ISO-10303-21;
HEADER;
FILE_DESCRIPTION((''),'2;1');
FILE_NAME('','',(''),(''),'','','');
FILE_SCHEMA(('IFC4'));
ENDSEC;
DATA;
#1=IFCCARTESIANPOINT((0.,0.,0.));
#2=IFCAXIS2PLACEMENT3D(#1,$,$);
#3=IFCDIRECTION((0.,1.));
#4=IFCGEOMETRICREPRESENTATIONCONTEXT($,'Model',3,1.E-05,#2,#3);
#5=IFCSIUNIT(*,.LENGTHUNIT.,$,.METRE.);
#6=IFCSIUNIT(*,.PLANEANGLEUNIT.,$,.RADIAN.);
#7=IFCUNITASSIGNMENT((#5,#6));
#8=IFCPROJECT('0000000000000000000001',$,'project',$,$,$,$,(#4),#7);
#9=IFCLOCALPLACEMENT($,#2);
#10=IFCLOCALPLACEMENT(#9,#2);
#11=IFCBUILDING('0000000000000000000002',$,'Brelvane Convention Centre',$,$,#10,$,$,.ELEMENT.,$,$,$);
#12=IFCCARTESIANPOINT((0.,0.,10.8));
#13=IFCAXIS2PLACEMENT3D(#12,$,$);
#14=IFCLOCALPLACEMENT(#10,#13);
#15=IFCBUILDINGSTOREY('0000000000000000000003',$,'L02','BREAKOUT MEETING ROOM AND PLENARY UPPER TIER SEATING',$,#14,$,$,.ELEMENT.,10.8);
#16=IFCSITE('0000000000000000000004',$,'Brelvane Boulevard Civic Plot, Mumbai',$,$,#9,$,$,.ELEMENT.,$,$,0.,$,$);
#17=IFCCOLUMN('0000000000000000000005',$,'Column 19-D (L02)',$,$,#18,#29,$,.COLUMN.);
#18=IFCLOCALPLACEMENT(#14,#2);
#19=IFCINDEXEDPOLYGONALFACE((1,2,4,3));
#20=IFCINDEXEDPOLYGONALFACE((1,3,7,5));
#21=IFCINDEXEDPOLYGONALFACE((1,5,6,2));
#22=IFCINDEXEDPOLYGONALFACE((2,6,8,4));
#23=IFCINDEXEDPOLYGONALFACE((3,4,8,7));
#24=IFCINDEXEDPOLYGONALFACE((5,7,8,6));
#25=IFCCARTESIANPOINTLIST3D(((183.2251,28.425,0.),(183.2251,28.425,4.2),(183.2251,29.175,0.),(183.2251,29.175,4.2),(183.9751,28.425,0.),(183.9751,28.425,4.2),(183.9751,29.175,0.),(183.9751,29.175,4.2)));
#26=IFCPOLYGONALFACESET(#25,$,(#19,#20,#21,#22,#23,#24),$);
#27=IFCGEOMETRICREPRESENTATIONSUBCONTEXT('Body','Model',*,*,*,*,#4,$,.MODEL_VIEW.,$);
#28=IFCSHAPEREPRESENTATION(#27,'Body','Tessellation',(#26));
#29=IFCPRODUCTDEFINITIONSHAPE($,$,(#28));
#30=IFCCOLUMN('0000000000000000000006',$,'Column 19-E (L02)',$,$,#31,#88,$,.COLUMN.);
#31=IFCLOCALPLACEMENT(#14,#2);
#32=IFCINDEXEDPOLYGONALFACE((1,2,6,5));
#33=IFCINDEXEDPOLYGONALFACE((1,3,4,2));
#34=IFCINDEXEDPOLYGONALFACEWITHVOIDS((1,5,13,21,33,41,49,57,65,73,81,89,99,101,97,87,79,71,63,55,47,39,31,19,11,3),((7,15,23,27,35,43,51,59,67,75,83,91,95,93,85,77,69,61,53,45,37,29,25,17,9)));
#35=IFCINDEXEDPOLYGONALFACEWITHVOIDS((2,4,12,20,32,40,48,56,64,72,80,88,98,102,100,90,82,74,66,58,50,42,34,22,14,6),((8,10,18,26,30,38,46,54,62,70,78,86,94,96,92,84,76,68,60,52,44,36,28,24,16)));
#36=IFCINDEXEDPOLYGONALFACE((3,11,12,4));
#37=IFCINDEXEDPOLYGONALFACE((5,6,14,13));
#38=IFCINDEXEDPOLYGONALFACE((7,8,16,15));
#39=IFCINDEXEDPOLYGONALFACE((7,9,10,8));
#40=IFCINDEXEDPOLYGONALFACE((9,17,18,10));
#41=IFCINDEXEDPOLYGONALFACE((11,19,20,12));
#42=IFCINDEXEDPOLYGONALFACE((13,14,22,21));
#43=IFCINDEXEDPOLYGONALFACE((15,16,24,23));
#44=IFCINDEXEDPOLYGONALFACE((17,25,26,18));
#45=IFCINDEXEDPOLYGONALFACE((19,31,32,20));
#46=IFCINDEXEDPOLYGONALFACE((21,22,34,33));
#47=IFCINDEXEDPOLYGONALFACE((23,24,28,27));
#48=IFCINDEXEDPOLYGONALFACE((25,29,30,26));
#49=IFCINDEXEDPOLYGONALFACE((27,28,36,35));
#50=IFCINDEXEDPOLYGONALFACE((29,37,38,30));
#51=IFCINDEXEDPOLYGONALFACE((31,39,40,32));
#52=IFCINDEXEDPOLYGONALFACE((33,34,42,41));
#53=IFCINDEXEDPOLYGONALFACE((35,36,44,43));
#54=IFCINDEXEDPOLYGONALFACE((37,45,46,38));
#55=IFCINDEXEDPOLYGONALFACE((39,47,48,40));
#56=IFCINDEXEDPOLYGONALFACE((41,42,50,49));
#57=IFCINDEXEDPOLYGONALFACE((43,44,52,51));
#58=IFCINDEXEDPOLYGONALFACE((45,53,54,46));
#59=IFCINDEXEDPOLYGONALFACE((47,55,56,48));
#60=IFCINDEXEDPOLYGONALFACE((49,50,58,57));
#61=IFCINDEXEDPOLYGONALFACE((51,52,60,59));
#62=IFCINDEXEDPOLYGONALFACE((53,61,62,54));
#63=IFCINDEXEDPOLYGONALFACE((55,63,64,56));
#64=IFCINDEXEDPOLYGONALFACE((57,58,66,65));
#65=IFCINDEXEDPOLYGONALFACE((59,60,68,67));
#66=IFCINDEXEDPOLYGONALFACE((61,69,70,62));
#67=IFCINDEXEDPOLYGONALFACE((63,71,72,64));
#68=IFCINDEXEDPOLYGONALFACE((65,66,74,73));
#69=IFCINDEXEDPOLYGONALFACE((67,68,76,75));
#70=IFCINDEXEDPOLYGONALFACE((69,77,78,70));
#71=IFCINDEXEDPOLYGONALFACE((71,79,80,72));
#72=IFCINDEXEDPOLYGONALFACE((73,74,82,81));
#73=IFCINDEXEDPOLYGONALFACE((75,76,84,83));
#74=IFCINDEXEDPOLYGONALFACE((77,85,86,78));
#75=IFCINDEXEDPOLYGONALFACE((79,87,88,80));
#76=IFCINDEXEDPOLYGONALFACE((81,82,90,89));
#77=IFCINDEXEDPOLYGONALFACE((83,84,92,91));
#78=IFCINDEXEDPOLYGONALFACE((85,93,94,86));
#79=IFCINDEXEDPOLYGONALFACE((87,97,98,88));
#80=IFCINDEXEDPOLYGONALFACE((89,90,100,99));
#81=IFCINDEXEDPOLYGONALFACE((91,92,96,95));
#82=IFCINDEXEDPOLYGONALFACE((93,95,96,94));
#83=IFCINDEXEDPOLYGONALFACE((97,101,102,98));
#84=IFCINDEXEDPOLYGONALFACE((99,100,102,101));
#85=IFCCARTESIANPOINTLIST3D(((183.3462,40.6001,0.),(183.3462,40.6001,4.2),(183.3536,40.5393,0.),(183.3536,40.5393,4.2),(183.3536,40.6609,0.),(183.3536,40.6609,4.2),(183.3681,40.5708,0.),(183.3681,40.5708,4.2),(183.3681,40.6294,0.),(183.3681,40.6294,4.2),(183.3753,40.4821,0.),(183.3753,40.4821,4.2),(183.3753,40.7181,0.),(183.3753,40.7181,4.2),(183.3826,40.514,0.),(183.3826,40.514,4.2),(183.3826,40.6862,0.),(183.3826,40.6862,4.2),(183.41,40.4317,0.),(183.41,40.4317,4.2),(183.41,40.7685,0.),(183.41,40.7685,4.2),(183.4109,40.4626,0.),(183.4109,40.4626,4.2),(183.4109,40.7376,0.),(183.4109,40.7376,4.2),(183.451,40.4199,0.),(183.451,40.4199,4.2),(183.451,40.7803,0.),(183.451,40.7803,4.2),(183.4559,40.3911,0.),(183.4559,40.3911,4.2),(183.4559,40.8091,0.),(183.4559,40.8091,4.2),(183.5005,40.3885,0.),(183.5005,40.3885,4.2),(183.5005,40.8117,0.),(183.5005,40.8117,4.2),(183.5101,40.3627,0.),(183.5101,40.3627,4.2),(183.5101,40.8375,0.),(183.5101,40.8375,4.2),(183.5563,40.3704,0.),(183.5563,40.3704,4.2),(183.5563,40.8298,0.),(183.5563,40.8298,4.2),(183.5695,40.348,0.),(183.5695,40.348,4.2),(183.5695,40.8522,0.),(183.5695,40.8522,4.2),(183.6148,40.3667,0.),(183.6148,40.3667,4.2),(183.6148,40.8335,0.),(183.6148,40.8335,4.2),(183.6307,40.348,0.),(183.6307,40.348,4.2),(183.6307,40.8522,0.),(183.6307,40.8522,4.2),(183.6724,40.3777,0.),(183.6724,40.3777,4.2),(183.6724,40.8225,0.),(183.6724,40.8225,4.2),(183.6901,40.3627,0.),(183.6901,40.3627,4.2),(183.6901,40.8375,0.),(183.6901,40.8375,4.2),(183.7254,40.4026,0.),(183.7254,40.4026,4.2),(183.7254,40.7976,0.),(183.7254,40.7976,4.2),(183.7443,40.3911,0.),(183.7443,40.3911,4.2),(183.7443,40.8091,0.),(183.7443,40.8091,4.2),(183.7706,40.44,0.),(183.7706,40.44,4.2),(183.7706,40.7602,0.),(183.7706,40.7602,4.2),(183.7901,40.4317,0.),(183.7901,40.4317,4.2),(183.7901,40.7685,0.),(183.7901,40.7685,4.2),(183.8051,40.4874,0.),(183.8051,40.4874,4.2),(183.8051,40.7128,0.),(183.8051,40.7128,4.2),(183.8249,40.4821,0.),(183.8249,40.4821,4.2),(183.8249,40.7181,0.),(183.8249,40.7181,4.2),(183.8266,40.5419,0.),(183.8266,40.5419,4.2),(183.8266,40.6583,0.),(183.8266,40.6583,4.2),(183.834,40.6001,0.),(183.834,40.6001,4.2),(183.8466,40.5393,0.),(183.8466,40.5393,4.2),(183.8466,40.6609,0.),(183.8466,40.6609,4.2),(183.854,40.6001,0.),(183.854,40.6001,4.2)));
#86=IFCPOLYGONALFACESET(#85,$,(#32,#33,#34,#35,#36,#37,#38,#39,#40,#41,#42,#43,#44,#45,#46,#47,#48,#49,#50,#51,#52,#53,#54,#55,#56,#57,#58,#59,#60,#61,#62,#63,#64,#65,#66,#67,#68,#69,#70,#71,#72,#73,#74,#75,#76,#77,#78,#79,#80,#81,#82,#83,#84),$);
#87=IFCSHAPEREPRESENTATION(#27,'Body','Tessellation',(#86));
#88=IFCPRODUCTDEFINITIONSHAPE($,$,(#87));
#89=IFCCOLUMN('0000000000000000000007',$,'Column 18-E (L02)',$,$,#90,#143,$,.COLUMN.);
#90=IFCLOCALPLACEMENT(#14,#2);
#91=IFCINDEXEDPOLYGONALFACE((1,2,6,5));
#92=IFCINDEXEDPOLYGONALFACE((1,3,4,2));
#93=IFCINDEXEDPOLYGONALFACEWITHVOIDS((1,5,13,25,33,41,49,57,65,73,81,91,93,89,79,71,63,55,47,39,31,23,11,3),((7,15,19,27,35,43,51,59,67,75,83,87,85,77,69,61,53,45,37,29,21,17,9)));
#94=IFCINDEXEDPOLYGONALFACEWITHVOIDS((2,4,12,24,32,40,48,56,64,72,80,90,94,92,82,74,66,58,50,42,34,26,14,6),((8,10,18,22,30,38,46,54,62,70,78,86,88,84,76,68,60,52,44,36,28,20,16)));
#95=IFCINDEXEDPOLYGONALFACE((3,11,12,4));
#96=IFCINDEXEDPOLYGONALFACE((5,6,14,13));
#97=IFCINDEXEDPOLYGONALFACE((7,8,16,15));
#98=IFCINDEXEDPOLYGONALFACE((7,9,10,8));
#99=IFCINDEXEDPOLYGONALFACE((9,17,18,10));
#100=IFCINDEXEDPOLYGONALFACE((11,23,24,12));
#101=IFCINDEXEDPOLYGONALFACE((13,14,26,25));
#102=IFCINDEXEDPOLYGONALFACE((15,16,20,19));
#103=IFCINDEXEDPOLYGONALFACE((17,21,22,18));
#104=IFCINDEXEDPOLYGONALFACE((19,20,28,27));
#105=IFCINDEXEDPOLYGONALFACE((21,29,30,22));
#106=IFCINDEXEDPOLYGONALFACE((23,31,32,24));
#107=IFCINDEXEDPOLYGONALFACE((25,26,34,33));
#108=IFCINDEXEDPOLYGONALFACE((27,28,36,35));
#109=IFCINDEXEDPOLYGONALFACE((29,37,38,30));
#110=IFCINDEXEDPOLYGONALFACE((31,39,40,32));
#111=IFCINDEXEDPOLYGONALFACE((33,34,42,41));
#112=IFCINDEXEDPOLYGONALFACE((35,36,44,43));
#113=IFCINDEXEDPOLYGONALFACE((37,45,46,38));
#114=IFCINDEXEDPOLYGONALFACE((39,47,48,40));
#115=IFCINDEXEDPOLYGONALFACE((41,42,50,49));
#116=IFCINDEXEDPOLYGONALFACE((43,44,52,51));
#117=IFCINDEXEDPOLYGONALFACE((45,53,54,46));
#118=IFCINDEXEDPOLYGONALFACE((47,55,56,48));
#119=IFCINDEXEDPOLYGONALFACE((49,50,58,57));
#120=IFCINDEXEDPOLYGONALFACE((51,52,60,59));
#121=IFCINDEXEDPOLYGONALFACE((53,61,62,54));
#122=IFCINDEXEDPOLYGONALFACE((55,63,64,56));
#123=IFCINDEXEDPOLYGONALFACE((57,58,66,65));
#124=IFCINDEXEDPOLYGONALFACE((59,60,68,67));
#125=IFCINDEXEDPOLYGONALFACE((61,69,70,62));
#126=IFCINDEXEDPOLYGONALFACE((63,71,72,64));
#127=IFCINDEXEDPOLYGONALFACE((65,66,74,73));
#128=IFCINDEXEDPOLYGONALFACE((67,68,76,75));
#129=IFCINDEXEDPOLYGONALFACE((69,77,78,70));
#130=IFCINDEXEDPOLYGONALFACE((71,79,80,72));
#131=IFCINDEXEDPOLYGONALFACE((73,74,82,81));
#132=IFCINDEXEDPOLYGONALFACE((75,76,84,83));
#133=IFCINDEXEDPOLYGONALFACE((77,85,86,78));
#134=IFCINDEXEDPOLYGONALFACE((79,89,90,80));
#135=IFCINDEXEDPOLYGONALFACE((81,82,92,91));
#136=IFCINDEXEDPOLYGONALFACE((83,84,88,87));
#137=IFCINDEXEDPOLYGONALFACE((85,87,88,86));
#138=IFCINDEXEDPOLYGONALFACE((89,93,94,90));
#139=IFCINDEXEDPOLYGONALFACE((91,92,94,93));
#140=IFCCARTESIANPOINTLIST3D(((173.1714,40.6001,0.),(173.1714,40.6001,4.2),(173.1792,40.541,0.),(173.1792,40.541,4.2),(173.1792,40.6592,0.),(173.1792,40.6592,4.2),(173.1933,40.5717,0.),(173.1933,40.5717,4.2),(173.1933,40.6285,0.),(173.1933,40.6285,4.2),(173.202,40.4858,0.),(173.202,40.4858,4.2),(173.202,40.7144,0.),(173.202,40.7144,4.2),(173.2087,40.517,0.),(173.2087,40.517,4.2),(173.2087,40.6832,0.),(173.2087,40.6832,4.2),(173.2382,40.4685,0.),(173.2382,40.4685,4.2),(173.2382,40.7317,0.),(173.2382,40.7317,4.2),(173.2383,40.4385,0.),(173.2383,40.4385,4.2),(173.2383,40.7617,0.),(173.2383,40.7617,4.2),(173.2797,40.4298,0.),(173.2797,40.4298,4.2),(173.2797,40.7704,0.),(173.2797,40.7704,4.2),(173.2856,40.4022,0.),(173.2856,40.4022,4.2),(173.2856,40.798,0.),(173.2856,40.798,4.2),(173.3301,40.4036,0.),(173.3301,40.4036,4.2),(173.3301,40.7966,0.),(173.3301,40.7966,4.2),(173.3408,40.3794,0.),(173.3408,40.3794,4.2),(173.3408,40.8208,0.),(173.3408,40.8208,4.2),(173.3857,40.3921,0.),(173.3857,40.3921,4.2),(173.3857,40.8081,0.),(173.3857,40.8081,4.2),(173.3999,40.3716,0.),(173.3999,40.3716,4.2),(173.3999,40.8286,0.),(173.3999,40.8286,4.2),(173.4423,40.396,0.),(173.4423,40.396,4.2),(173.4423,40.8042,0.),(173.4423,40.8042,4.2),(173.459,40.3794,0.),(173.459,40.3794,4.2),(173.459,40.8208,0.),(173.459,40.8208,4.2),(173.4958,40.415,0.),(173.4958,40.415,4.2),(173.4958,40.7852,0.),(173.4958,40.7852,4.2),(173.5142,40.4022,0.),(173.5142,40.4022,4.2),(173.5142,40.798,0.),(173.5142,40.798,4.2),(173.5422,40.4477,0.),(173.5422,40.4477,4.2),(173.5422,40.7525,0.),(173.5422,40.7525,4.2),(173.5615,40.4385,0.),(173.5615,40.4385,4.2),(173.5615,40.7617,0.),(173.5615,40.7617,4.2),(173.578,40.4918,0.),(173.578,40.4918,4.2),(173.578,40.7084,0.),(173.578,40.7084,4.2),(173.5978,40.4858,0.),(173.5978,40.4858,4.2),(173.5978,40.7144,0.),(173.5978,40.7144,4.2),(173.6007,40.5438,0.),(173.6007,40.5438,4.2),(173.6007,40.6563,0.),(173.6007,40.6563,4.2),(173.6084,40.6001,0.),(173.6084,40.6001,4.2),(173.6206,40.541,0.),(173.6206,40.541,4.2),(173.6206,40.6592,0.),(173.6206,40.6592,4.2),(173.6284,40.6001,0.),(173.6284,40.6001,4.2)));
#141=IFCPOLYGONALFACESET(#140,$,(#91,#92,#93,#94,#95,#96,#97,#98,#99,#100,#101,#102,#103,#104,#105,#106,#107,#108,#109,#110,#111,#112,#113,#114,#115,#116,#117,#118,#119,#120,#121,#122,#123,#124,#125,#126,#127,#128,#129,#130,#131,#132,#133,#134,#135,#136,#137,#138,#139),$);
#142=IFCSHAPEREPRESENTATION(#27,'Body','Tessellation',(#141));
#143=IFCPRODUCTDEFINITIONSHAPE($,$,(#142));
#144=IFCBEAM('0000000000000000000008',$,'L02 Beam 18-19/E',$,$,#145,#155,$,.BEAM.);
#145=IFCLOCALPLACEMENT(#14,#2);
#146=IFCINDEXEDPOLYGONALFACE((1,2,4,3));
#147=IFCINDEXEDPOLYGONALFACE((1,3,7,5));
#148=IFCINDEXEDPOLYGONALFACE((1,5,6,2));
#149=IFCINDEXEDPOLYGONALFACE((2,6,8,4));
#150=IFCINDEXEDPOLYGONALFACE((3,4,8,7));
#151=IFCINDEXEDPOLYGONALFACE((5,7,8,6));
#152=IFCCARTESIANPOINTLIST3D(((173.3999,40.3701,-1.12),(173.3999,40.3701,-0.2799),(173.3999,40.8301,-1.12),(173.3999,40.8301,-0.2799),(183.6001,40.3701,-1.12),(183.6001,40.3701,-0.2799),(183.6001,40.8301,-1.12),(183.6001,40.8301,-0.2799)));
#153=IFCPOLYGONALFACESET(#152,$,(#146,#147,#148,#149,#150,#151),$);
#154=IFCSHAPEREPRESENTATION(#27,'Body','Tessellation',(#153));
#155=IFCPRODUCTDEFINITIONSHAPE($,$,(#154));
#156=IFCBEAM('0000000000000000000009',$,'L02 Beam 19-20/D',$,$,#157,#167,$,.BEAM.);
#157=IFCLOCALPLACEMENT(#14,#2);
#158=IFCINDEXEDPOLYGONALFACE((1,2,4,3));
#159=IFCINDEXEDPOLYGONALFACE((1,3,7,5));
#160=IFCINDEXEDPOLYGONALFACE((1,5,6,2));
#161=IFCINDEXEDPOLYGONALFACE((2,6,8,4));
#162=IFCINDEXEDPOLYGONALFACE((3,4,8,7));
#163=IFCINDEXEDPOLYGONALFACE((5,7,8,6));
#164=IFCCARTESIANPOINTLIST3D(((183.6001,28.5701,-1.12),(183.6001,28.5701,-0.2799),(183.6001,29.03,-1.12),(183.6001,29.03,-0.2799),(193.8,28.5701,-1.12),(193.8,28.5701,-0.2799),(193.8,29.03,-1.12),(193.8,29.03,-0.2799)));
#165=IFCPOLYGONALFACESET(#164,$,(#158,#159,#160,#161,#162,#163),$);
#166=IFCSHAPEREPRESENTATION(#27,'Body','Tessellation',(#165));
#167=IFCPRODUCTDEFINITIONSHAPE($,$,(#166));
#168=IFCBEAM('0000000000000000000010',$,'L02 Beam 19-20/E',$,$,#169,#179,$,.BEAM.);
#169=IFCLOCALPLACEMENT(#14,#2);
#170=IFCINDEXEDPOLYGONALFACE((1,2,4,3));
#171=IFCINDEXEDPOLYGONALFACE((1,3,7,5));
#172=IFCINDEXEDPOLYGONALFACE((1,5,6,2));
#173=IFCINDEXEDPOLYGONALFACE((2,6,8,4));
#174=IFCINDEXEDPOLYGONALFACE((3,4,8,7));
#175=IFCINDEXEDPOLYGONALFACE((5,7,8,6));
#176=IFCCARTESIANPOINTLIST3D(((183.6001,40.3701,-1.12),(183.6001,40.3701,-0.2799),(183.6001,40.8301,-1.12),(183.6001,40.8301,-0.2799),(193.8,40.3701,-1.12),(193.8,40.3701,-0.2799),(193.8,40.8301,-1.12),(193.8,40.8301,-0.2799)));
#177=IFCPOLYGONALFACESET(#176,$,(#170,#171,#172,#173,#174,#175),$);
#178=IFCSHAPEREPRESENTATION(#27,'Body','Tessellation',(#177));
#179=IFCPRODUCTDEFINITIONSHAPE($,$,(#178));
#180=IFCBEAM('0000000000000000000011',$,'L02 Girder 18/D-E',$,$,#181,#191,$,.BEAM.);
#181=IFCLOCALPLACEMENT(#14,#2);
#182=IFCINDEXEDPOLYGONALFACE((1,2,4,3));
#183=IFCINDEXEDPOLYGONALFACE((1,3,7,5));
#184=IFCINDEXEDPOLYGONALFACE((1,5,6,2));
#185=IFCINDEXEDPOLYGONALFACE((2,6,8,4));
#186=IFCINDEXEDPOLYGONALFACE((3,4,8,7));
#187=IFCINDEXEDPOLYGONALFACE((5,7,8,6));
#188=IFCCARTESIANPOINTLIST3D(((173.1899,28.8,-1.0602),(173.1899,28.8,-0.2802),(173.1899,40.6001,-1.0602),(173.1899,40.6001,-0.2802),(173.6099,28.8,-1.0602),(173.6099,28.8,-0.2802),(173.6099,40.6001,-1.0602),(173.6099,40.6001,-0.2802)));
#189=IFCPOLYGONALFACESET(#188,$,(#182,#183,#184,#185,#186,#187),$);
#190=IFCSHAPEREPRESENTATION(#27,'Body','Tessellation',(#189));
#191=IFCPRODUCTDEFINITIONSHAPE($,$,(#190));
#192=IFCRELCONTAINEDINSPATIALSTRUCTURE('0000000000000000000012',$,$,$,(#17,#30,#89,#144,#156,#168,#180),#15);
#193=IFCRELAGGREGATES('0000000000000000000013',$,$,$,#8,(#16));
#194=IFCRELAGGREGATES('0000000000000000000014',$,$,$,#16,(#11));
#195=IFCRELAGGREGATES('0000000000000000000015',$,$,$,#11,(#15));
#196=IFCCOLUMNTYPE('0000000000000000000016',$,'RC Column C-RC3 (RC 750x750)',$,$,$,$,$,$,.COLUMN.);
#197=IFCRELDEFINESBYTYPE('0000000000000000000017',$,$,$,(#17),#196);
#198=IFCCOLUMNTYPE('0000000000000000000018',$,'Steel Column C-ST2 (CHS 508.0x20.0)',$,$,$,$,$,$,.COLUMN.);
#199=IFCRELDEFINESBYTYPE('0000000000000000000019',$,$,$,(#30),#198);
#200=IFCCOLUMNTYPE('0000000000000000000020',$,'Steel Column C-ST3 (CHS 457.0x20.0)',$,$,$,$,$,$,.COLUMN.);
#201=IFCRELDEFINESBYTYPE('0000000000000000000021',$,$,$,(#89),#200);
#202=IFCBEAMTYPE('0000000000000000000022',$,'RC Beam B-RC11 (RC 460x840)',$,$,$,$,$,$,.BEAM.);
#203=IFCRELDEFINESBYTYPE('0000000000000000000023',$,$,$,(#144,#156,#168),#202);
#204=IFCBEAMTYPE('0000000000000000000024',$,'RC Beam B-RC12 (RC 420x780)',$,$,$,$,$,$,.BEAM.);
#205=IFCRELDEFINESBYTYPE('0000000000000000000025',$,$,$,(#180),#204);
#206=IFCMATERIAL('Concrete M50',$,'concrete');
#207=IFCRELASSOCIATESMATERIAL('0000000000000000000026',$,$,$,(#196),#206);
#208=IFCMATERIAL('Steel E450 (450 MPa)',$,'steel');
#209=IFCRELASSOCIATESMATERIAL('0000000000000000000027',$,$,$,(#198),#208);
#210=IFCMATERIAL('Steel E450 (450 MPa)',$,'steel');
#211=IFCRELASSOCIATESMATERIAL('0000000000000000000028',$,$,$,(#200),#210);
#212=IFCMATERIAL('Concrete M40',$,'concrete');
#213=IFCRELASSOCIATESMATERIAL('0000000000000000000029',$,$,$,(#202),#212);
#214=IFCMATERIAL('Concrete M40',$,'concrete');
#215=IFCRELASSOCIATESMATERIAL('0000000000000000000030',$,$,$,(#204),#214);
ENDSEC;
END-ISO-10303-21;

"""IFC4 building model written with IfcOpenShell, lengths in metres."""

from ifc_helpers import new_model, si_unit, direction, frame, origin, origin_2d, place, context, subcontext, project, spatial, rectangle, hollow_circle, extrude, material, material_profile, profile_set, type_object, element, save


model = new_model("IFC4")

# Units and contexts
model_context = context("Model", 3, precision=1e-05, world=origin(), true_north=direction((0.0, 1.0)))
body_context = subcontext(model_context, "Body", "Model", "MODEL_VIEW")
ifc_project = project(units=[si_unit("LENGTHUNIT", "METRE"), si_unit("PLANEANGLEUNIT", "RADIAN")], contexts=[model_context])

# Site, building, storey
site_placement = place(None, origin())
site = spatial("IfcSite", under=ifc_project, at=site_placement, Name="Brelvane Boulevard Civic Plot, Mumbai", CompositionType="ELEMENT", RefElevation=0.0)
building_placement = place(site_placement, origin())
building = spatial("IfcBuilding", under=site, at=building_placement, Name="Brelvane Convention Centre", CompositionType="ELEMENT")
storey_placement = place(building_placement, frame((0.0, 0.0, 10.8)))
storey = spatial("IfcBuildingStorey", under=building, at=storey_placement, Name="L02", Description="BREAKOUT MEETING ROOM AND PLENARY UPPER TIER SEATING", CompositionType="ELEMENT", Elevation=10.8)

# Columns
ifc_material_1 = material(Name="Concrete M50", Category="concrete")
ifc_material_profile_1 = material_profile(ifc_material_1, rectangle(XDim=0.75, YDim=0.75, at=origin_2d()), Name="RC 750x750")
ifc_profile_set_1 = profile_set([ifc_material_profile_1], Name="Concrete M50")
column_type_1 = type_object("IfcColumnType", Name="RC Column C-RC3 (RC 750x750)", PredefinedType="COLUMN", material=ifc_profile_set_1)
column_1_placement = place(storey_placement, frame((183.6001, 28.8, 0.0), z_axis=(0.0, 0.0, 1.0), x_axis=(1.0, 0.0, 0.0)))
element("IfcColumn", 1, at=column_1_placement, inside=storey, type_object=column_type_1, Name="Column 19-D (L02)", PredefinedType="COLUMN", context=body_context, shape_type="SweptSolid", body=[
    extrude(rectangle(XDim=0.75, YDim=0.75, at=origin_2d()), origin(), (0.0, 0.0, 1.0), 4.2),
])
ifc_material_2 = material(Name="Steel E450 (450 MPa)", Category="steel")
ifc_material_profile_2 = material_profile(ifc_material_2, hollow_circle(Radius=0.2539, WallThickness=0.02, at=origin_2d()), Name="CHS 508.0x20.0")
ifc_profile_set_2 = profile_set([ifc_material_profile_2], Name="Steel E450 (450 MPa)")
column_type_2 = type_object("IfcColumnType", Name="Steel Column C-ST2 (CHS 508.0x20.0)", PredefinedType="COLUMN", material=ifc_profile_set_2)
column_2_placement = place(storey_placement, frame((183.6001, 40.6001, 0.0), z_axis=(0.0, 0.0, 1.0), x_axis=(1.0, 0.0, 0.0)))
element("IfcColumn", 2, at=column_2_placement, inside=storey, type_object=column_type_2, Name="Column 19-E (L02)", PredefinedType="COLUMN", context=body_context, shape_type="SweptSolid", body=[
    extrude(hollow_circle(Radius=0.2539, WallThickness=0.02, at=origin_2d()), origin(), (0.0, 0.0, 1.0), 4.2),
])
ifc_material_3 = material(Name="Steel E450 (450 MPa)", Category="steel")
ifc_material_profile_3 = material_profile(ifc_material_3, hollow_circle(Radius=0.2285, WallThickness=0.02, at=origin_2d()), Name="CHS 457.0x20.0")
ifc_profile_set_3 = profile_set([ifc_material_profile_3], Name="Steel E450 (450 MPa)")
column_type_3 = type_object("IfcColumnType", Name="Steel Column C-ST3 (CHS 457.0x20.0)", PredefinedType="COLUMN", material=ifc_profile_set_3)
column_3_placement = place(storey_placement, frame((173.3999, 40.6001, 0.0), z_axis=(0.0, 0.0, 1.0), x_axis=(1.0, 0.0, 0.0)))
element("IfcColumn", 3, at=column_3_placement, inside=storey, type_object=column_type_3, Name="Column 18-E (L02)", PredefinedType="COLUMN", context=body_context, shape_type="SweptSolid", body=[
    extrude(hollow_circle(Radius=0.2285, WallThickness=0.02, at=origin_2d()), origin(), (0.0, 0.0, 1.0), 4.2),
])

# Beams
ifc_material_4 = material(Name="Concrete M40", Category="concrete")
ifc_material_profile_4 = material_profile(ifc_material_4, rectangle(XDim=0.46, YDim=0.8401, at=origin_2d()), Name="RC 460x840")
ifc_profile_set_4 = profile_set([ifc_material_profile_4], Name="Concrete M40")
beam_type_1 = type_object("IfcBeamType", Name="RC Beam B-RC11 (RC 460x840)", PredefinedType="BEAM", material=ifc_profile_set_4)
beam_1_placement = place(storey_placement, frame((173.3999, 40.6001, -0.7), z_axis=(1.0, 0.0, 0.0), x_axis=(0.0, 1.0, 0.0)))
element("IfcBeam", 4, at=beam_1_placement, inside=storey, type_object=beam_type_1, Name="L02 Beam 18-19/E", PredefinedType="BEAM", context=body_context, shape_type="SweptSolid", body=[
    extrude(rectangle(XDim=0.46, YDim=0.8401, at=origin_2d()), origin(), (0.0, 0.0, 1.0), 10.2002),
])
for number, where, z_axis, x_axis, name in (
    (5, (183.6001, 28.8, -0.7), (1.0, 0.0, 0.0), (0.0, 1.0, 0.0), "L02 Beam 19-20/D"),
    (6, (183.6001, 40.6001, -0.7), (1.0, 0.0, 0.0), (0.0, 1.0, 0.0), "L02 Beam 19-20/E"),
):
    element("IfcBeam", number, at=place(storey_placement, frame(where, z_axis=z_axis, x_axis=x_axis)), inside=storey, type_object=beam_type_1, Name=name, PredefinedType="BEAM", context=body_context, shape_type="SweptSolid", body=[
        extrude(rectangle(XDim=0.46, YDim=0.8401, at=origin_2d()), origin(), (0.0, 0.0, 1.0), 10.2),
    ])
ifc_material_5 = material(Name="Concrete M40", Category="concrete")
ifc_material_profile_5 = material_profile(ifc_material_5, rectangle(XDim=0.4199, YDim=0.78, at=origin_2d()), Name="RC 420x780")
ifc_profile_set_5 = profile_set([ifc_material_profile_5], Name="Concrete M40")
beam_type_2 = type_object("IfcBeamType", Name="RC Beam B-RC12 (RC 420x780)", PredefinedType="BEAM", material=ifc_profile_set_5)
for number, where, z_axis, x_axis, name in (
    (7, (173.3999, 28.8, -0.6702), (0.0, 1.0, 0.0), (-1.0, 0.0, 0.0), "L02 Girder 18/D-E"),
):
    element("IfcBeam", number, at=place(storey_placement, frame(where, z_axis=z_axis, x_axis=x_axis)), inside=storey, type_object=beam_type_2, Name=name, PredefinedType="BEAM", context=body_context, shape_type="SweptSolid", body=[
        extrude(rectangle(XDim=0.4199, YDim=0.78, at=origin_2d()), origin(), (0.0, 0.0, 1.0), 11.8),
    ])

save(model, "model.ifc")
